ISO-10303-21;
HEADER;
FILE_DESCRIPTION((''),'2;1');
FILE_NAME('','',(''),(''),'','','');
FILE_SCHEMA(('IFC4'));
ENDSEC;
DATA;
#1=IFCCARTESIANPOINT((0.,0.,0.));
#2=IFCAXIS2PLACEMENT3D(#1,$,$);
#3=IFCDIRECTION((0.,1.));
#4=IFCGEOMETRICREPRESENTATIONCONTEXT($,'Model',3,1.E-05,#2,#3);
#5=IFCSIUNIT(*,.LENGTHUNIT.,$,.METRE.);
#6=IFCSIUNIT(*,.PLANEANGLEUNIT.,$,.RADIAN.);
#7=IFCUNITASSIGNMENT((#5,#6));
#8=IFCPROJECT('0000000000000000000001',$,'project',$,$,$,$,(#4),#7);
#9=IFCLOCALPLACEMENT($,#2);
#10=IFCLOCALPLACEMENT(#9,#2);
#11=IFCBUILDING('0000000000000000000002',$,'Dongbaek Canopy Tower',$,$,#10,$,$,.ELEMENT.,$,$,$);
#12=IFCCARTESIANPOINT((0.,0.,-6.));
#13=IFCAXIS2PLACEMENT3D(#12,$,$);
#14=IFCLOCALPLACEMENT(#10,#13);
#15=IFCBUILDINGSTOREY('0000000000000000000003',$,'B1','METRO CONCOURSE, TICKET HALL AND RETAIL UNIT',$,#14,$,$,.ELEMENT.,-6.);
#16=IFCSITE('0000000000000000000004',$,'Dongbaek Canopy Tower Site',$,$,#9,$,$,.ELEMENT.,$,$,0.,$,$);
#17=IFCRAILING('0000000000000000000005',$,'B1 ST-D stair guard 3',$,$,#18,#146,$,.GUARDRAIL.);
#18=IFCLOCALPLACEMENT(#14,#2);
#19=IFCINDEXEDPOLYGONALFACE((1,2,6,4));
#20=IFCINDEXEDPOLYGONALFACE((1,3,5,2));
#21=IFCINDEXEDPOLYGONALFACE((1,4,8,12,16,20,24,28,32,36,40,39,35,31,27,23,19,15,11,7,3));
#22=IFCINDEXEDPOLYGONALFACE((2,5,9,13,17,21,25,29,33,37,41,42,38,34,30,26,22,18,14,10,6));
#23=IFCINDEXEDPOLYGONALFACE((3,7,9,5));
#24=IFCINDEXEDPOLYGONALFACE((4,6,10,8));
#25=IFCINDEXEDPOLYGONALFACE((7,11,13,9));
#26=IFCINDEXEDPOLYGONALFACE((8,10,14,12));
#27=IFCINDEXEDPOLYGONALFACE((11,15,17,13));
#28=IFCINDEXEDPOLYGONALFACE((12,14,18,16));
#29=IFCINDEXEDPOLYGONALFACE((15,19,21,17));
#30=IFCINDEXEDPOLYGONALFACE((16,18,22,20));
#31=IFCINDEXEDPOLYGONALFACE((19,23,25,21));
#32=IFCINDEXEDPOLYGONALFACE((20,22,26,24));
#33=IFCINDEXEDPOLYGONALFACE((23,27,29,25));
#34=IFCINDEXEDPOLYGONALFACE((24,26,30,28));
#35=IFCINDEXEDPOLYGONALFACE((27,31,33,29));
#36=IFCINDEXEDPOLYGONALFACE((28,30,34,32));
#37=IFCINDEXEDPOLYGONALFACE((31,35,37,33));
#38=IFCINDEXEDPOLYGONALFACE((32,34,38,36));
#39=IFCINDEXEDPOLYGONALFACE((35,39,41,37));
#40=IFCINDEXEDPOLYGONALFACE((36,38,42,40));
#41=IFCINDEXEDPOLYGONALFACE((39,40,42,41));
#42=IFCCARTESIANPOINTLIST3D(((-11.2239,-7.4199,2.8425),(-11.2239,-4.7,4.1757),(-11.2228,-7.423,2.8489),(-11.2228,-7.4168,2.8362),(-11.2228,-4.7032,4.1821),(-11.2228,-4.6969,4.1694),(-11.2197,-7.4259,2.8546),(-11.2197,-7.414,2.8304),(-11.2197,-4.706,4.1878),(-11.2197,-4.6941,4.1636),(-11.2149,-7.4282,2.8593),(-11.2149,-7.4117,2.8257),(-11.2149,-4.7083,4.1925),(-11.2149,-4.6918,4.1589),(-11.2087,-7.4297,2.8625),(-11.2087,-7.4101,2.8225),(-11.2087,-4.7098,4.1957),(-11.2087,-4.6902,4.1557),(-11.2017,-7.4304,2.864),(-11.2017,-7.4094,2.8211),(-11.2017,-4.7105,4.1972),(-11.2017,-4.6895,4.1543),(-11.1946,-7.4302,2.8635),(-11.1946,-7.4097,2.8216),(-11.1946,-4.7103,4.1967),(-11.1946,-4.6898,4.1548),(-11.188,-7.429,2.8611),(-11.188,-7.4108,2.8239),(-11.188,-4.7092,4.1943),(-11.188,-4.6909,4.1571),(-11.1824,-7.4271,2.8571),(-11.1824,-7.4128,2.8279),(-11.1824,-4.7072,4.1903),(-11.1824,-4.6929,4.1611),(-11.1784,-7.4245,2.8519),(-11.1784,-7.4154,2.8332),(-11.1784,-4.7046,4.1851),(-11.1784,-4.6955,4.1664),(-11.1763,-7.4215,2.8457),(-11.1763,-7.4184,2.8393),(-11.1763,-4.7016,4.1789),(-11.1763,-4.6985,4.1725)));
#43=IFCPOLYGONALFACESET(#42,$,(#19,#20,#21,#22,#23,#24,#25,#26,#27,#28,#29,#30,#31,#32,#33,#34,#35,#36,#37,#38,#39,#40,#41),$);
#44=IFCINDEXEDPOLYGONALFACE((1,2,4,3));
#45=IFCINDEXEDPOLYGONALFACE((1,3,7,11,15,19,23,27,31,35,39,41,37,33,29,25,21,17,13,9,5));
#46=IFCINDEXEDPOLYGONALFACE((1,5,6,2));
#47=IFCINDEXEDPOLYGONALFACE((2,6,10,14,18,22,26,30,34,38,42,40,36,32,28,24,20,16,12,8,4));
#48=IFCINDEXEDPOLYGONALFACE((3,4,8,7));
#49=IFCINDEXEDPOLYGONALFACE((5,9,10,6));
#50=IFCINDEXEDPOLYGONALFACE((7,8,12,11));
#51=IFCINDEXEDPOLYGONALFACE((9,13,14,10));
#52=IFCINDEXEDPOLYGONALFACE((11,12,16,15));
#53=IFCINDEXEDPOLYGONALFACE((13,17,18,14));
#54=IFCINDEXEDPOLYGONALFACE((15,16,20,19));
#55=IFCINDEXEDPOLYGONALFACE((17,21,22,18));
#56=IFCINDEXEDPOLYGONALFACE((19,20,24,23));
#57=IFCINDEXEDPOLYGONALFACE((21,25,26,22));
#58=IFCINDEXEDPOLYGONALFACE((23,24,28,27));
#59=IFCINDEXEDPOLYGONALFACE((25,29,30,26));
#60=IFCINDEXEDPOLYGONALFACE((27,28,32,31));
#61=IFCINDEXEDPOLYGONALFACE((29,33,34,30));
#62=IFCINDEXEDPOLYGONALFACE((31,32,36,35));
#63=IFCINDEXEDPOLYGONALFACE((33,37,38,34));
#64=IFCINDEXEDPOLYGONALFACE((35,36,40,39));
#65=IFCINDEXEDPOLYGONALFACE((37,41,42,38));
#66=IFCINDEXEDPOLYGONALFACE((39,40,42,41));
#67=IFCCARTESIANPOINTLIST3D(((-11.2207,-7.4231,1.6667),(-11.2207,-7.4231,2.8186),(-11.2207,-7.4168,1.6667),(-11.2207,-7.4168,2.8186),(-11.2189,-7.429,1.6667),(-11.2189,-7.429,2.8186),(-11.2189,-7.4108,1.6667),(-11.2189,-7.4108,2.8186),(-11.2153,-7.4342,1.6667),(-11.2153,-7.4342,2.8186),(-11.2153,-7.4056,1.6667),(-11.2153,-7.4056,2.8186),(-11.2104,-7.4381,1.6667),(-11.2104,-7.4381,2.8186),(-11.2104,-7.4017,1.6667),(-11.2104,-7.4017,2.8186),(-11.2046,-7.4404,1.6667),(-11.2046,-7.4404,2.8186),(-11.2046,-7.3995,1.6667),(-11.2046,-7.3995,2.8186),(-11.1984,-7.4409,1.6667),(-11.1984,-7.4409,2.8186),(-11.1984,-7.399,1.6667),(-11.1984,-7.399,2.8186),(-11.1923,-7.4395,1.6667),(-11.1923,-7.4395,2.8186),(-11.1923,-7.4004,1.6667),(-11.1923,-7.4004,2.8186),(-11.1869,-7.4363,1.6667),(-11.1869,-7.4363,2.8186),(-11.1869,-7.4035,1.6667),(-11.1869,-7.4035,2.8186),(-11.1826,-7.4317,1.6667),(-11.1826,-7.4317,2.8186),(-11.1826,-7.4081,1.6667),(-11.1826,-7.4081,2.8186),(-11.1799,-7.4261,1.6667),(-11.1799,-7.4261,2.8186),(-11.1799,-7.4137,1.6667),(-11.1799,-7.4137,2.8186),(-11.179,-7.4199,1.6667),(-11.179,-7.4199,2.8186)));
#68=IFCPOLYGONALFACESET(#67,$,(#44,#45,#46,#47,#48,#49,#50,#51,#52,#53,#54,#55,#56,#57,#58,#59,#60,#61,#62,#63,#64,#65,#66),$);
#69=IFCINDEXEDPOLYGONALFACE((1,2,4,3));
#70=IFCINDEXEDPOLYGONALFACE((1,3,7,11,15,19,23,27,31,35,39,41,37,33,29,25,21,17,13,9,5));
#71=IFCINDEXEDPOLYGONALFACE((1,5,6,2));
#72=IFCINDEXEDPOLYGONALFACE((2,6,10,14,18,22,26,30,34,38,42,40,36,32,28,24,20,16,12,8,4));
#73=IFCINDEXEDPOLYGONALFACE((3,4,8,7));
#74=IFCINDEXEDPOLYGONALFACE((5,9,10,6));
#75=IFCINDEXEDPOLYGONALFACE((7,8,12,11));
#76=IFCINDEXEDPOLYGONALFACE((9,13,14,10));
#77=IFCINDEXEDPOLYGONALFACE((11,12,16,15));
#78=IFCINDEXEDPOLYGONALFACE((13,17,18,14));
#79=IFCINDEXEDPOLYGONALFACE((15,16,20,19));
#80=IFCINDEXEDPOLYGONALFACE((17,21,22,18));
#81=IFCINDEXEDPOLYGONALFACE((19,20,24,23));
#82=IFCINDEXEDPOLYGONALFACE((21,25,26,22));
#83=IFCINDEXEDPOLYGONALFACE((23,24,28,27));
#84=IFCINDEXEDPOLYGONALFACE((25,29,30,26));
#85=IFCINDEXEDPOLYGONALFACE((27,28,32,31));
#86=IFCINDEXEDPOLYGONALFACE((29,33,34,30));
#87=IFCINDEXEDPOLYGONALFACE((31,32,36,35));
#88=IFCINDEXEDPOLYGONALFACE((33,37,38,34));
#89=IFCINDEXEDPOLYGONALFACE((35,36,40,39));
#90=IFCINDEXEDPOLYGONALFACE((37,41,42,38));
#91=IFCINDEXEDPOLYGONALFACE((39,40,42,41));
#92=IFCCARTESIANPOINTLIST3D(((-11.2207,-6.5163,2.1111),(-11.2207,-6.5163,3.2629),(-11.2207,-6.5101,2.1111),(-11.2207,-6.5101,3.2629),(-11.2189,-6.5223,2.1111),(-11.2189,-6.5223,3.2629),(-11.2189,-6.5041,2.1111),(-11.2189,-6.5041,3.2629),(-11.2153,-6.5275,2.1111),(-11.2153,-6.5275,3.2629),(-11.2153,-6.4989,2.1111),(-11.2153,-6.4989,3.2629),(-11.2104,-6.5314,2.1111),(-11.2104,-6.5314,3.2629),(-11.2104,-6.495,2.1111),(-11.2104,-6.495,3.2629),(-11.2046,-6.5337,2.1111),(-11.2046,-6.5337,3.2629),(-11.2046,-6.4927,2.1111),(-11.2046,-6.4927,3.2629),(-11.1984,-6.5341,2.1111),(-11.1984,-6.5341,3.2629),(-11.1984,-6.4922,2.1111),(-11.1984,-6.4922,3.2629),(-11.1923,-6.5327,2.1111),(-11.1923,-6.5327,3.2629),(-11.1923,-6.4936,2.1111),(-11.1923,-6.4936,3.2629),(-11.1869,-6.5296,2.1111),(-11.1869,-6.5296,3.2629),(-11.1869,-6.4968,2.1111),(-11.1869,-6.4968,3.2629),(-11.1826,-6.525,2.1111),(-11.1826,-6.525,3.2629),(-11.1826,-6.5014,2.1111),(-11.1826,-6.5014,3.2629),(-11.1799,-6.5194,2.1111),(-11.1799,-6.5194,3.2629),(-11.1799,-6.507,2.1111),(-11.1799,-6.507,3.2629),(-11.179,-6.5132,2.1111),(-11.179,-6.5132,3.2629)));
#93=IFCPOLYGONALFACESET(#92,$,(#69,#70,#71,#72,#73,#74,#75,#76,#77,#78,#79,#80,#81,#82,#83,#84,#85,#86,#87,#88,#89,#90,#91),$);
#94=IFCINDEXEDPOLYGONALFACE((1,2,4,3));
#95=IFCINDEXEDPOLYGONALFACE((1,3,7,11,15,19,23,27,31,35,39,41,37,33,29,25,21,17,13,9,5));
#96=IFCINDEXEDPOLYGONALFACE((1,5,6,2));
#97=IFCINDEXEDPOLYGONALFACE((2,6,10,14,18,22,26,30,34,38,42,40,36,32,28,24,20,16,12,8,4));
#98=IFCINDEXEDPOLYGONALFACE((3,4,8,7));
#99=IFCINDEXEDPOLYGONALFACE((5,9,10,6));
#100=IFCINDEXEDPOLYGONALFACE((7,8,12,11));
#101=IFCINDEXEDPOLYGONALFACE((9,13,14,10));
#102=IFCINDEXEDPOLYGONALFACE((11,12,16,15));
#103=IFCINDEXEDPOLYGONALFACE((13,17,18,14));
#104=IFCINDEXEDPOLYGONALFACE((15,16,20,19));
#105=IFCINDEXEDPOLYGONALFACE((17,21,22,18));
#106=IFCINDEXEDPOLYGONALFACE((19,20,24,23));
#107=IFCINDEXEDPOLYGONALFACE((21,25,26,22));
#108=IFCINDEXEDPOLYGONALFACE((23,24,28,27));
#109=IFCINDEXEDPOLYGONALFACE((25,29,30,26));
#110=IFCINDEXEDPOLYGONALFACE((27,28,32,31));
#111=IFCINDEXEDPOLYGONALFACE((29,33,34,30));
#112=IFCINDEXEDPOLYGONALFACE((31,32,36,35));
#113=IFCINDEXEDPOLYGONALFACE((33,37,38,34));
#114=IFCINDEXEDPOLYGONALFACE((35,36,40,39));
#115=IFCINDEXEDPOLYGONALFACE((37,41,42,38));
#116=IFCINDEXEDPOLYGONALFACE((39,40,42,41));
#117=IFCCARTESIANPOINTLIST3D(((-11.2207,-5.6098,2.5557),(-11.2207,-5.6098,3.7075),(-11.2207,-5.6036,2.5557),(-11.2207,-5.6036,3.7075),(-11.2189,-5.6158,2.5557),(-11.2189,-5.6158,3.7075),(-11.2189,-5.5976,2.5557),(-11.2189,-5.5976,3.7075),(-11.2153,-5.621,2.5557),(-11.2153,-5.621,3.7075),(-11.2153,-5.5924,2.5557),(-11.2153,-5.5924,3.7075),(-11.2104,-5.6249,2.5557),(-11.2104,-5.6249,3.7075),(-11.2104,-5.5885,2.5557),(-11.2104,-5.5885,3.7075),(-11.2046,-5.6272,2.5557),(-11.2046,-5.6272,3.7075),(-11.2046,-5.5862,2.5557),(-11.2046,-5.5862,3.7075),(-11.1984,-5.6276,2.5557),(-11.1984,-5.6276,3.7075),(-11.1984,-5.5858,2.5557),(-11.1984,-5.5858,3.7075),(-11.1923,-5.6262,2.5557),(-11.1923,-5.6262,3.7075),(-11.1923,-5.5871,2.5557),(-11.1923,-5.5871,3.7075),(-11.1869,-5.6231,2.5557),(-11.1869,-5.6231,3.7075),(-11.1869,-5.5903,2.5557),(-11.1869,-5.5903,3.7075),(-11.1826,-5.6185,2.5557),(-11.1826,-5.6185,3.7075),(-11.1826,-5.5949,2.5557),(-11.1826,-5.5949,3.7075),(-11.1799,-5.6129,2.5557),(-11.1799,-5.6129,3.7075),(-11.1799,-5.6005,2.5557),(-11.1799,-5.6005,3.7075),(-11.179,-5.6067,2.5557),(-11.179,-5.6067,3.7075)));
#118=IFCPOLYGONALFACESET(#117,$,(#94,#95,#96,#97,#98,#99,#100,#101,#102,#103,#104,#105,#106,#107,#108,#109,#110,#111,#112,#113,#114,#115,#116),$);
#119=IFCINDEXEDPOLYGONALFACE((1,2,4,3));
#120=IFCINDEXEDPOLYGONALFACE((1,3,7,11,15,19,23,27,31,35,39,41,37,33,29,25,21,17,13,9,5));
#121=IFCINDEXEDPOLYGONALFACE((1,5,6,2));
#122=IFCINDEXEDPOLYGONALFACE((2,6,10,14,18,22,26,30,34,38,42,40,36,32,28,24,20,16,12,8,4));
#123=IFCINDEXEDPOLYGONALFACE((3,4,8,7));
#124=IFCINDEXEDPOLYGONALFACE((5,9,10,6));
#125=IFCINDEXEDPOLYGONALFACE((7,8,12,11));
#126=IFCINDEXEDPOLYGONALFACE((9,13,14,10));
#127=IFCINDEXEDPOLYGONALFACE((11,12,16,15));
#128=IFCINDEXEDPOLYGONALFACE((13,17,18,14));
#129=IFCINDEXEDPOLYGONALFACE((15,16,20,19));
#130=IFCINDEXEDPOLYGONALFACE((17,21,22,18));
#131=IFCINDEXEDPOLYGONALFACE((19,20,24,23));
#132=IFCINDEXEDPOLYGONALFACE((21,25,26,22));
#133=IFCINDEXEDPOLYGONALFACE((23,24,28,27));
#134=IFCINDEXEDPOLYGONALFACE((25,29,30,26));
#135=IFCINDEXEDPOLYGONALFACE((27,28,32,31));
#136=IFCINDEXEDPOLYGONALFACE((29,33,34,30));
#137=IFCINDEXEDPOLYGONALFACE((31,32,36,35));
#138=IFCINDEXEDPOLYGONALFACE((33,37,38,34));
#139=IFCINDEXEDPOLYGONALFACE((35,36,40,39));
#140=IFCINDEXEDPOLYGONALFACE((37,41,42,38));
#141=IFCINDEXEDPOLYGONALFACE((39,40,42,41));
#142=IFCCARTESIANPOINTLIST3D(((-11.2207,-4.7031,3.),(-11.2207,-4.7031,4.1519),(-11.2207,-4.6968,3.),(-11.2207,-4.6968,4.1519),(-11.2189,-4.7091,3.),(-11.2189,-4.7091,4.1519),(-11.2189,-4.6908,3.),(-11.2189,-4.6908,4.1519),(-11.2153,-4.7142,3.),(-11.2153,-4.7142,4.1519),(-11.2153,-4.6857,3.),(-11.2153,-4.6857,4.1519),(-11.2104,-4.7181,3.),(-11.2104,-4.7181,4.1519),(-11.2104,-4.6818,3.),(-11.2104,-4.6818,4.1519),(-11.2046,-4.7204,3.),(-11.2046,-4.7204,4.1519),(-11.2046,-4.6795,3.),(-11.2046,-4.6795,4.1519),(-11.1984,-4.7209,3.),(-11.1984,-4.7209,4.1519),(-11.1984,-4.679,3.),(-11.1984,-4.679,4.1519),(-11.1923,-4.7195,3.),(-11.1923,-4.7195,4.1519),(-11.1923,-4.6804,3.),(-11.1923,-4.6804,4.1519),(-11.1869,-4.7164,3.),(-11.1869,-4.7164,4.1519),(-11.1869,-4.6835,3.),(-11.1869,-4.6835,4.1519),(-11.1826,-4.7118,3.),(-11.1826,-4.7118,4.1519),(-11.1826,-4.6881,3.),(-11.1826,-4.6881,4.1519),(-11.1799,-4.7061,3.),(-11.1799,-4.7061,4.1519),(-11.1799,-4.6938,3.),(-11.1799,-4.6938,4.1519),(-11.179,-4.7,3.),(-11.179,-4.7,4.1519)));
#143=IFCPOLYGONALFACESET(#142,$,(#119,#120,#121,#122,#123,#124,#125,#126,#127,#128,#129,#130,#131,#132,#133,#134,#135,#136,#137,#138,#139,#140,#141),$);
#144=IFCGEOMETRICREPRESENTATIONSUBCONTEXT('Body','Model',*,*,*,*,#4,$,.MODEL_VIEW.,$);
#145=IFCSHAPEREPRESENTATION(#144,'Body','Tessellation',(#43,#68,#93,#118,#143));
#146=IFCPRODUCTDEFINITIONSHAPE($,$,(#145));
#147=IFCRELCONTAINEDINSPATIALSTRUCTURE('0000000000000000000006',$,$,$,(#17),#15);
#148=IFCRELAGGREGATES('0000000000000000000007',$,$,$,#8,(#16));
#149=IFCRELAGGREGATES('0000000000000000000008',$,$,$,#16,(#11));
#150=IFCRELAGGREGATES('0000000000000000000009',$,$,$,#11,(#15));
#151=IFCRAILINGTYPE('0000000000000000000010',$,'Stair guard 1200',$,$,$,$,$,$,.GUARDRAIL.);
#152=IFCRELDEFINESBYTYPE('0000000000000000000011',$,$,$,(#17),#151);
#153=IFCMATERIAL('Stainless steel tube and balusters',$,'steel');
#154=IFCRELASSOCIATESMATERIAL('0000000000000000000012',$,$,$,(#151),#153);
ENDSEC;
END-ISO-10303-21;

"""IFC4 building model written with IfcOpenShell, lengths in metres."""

from ifc_helpers import new_model, si_unit, direction, frame, origin, origin_2d, place, context, subcontext, project, spatial, circle, extrude, material, type_object, element, save


model = new_model("IFC4")

# Units and contexts
model_context = context("Model", 3, precision=1e-05, world=origin(), true_north=direction((0.0, 1.0)))
body_context = subcontext(model_context, "Body", "Model", "MODEL_VIEW")
ifc_project = project(units=[si_unit("LENGTHUNIT", "METRE"), si_unit("PLANEANGLEUNIT", "RADIAN")], contexts=[model_context])

# Site, building, storey
site_placement = place(None, origin())
site = spatial("IfcSite", under=ifc_project, at=site_placement, Name="Dongbaek Canopy Tower Site", CompositionType="ELEMENT", RefElevation=0.0)
building_placement = place(site_placement, origin())
building = spatial("IfcBuilding", under=site, at=building_placement, Name="Dongbaek Canopy Tower", CompositionType="ELEMENT")
storey_placement = place(building_placement, frame((0.0, 0.0, -6.0)))
storey = spatial("IfcBuildingStorey", under=building, at=storey_placement, Name="B1", Description="METRO CONCOURSE, TICKET HALL AND RETAIL UNIT", CompositionType="ELEMENT", Elevation=-6.0)

# Railing
ifc_material_1 = material(Name="Stainless steel tube and balusters", Category="steel")
railing_type_1 = type_object("IfcRailingType", Name="Stair guard 1200", PredefinedType="GUARDRAIL", material=ifc_material_1)
railing_1_placement = place(storey_placement, frame((-11.2, -7.4199, 1.6667)))
element("IfcRailing", 1, at=railing_1_placement, inside=storey, type_object=railing_type_1, Name="B1 ST-D stair guard 3", PredefinedType="GUARDRAIL", context=body_context, shape_type="SweptSolid", body=[
    extrude(circle(Radius=0.0239, at=origin_2d()), frame((0.0, 0.0, 1.1758), z_axis=(0.0, 0.897929, 0.440139), x_axis=(-1.0, 0.0, 0.0)), (0.0, 0.0, 1.0), 3.0291),
    extrude(circle(Radius=0.021, at=origin_2d()), origin(), (0.0, 0.0, 1.0), 1.1519),
    extrude(circle(Radius=0.021, at=origin_2d()), frame((0.0, 0.9067, 0.4443)), (0.0, 0.0, 1.0), 1.1519),
    extrude(circle(Radius=0.021, at=origin_2d()), frame((0.0, 1.8132, 0.8889)), (0.0, 0.0, 1.0), 1.1519),
    extrude(circle(Radius=0.021, at=origin_2d()), frame((0.0, 2.72, 1.3333)), (0.0, 0.0, 1.0), 1.1519),
])

save(model, "model.ifc")
